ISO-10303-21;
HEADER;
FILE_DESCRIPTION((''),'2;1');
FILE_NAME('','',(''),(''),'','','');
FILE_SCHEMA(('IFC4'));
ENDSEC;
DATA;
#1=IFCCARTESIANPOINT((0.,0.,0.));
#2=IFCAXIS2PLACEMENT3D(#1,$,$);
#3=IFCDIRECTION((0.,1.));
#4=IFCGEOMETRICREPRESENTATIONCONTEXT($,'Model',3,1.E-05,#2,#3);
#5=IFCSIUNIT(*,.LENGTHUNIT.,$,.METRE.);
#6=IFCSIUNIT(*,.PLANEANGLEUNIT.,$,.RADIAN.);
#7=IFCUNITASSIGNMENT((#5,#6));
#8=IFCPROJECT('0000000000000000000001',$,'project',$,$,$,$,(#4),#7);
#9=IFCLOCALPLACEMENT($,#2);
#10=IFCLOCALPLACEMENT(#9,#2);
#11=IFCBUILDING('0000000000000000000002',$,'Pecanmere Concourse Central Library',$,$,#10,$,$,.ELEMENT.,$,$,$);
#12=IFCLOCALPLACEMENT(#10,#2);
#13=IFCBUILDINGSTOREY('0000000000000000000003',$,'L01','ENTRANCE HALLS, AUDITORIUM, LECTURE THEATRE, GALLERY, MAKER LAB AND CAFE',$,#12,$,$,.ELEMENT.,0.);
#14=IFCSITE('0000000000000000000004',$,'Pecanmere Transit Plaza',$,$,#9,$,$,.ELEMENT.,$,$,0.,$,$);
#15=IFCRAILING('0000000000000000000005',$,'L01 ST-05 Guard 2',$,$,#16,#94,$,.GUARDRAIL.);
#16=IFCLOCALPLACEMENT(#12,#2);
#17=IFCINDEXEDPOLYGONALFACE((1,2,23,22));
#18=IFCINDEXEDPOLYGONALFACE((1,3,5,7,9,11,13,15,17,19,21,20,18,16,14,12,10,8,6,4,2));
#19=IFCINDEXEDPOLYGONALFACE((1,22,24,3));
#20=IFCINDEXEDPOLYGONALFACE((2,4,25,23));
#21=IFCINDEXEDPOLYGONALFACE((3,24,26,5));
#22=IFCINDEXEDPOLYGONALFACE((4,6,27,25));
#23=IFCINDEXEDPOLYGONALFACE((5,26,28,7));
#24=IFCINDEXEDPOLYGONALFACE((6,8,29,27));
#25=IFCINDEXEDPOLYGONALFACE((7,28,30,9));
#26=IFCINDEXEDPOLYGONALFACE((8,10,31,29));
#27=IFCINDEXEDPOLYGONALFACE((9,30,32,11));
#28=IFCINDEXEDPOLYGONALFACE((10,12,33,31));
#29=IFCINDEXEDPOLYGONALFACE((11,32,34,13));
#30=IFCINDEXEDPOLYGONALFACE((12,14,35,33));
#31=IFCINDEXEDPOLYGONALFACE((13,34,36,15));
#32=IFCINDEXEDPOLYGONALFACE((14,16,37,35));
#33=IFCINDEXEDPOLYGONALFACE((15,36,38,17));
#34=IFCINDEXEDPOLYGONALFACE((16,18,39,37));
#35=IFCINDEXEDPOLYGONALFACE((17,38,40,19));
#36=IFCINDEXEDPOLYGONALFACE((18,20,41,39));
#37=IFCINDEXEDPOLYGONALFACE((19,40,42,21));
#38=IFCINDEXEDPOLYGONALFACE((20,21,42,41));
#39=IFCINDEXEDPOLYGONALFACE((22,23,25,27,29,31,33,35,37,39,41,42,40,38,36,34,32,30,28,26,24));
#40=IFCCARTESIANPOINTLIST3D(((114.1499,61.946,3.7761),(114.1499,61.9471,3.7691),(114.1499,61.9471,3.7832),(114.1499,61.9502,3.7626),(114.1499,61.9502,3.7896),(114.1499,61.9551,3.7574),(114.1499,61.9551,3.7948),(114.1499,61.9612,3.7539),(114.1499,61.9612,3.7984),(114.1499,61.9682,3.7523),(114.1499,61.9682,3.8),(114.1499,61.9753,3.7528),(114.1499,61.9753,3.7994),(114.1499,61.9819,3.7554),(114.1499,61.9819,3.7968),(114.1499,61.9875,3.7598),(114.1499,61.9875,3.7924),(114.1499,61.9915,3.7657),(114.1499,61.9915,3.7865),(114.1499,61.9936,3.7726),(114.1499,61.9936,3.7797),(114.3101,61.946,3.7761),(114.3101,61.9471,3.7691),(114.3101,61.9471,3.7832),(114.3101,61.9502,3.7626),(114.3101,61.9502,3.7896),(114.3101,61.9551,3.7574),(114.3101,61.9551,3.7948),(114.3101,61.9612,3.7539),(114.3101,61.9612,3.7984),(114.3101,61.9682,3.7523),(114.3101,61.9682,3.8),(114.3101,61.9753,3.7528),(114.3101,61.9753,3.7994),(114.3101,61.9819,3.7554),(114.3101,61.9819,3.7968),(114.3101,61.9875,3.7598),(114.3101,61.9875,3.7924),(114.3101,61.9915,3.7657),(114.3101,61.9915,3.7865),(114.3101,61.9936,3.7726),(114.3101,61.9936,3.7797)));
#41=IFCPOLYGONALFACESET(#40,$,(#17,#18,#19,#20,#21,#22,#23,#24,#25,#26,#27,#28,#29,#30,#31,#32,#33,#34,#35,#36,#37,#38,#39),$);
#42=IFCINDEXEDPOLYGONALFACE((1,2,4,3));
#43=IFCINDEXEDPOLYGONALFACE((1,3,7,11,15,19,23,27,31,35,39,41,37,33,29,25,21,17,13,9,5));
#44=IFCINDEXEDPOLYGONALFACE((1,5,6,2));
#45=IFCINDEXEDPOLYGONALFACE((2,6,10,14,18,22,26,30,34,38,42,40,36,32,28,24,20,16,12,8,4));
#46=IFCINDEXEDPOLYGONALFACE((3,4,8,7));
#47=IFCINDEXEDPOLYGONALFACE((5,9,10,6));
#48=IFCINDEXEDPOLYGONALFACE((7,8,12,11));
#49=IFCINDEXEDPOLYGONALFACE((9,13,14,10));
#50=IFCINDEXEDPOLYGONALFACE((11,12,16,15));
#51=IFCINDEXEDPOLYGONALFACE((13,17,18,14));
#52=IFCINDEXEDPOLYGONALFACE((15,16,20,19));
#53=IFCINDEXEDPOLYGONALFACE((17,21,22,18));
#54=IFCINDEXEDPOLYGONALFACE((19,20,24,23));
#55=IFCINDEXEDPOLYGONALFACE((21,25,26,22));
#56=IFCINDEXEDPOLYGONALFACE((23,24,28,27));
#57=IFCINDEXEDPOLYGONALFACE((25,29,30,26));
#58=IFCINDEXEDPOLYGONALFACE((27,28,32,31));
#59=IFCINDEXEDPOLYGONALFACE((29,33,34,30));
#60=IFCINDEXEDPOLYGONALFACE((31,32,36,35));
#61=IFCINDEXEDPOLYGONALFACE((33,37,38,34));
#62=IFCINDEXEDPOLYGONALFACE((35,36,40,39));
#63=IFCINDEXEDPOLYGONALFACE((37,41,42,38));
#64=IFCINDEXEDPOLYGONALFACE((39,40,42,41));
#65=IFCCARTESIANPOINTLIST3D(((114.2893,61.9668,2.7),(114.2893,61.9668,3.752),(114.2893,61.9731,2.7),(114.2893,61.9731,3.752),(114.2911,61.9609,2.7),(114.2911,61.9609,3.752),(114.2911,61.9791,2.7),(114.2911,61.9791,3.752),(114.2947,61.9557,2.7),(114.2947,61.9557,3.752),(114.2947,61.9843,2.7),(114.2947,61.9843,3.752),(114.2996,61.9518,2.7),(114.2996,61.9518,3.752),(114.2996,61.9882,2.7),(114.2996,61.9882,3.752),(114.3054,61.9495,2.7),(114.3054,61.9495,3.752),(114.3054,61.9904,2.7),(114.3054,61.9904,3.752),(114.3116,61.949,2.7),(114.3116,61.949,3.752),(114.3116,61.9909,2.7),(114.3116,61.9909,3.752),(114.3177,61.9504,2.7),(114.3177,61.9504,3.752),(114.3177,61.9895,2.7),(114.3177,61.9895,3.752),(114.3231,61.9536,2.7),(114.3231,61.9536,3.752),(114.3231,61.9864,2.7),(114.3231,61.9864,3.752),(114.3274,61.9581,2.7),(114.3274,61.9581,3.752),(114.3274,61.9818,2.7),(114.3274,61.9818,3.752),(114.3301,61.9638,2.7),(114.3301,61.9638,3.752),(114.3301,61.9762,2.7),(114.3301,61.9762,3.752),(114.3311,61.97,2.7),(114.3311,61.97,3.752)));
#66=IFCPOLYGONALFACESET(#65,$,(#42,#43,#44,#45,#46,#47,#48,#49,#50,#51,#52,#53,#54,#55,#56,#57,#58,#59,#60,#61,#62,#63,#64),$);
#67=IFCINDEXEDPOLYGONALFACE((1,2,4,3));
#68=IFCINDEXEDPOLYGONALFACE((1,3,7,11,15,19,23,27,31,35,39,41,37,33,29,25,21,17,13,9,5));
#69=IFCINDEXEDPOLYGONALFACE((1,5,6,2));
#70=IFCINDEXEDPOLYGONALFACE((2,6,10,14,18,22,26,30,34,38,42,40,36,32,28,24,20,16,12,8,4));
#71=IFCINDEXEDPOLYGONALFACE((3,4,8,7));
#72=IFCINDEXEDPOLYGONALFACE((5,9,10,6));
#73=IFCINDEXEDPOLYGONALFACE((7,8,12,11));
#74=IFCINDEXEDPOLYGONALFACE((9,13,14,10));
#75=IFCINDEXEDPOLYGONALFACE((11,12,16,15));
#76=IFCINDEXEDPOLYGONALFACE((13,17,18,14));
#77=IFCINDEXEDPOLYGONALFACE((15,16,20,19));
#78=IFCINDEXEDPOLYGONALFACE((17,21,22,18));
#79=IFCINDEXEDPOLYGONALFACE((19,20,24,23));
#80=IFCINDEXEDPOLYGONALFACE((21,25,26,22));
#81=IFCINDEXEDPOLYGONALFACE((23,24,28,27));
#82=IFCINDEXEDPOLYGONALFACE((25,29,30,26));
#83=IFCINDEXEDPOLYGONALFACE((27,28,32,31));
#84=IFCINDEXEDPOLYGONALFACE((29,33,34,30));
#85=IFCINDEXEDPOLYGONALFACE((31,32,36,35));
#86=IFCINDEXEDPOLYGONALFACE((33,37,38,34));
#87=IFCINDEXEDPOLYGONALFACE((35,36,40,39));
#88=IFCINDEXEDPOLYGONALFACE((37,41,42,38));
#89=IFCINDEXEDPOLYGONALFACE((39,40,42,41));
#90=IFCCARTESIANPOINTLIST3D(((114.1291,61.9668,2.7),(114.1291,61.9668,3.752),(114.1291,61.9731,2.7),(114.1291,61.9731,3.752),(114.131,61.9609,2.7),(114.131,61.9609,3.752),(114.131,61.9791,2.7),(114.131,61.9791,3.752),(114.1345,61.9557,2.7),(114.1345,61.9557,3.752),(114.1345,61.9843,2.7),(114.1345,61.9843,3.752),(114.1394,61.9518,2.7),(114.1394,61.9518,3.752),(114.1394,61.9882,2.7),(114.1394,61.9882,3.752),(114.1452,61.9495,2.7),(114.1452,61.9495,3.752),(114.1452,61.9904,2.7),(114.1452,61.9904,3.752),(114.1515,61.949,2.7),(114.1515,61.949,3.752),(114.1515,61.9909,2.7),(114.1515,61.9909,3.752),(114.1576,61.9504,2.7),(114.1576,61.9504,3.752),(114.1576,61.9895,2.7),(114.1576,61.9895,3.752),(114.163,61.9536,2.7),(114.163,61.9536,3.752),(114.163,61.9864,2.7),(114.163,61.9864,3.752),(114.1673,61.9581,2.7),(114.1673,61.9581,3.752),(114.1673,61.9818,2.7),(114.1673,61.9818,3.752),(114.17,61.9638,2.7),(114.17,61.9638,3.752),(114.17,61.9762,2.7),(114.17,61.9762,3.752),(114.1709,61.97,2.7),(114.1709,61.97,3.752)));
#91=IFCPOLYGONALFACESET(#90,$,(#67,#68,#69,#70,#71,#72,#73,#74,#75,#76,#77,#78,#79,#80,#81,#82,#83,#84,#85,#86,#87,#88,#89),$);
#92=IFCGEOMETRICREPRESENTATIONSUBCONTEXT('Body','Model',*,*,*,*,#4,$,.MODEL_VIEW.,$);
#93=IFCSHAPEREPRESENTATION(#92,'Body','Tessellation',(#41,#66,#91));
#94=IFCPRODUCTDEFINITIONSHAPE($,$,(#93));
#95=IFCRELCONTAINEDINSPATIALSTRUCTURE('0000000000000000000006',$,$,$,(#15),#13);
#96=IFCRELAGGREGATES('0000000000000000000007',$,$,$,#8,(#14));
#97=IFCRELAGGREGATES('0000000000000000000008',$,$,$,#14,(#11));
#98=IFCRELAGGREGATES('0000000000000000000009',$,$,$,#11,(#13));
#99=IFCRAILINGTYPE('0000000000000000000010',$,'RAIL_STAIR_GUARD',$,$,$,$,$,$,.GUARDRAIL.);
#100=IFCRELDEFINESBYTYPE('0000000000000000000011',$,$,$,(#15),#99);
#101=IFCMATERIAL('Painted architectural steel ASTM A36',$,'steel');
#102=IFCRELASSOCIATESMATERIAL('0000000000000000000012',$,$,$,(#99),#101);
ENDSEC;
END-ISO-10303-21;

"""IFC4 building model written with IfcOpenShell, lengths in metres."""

from ifc_helpers import new_model, si_unit, direction, frame, origin, origin_2d, place, context, subcontext, project, spatial, circle, extrude, material, type_object, element, save


model = new_model("IFC4")

# Units and contexts
model_context = context("Model", 3, precision=1e-05, world=origin(), true_north=direction((0.0, 1.0)))
body_context = subcontext(model_context, "Body", "Model", "MODEL_VIEW")
ifc_project = project(units=[si_unit("LENGTHUNIT", "METRE"), si_unit("PLANEANGLEUNIT", "RADIAN")], contexts=[model_context])

# Site, building, storey
site_placement = place(None, origin())
site = spatial("IfcSite", under=ifc_project, at=site_placement, Name="Pecanmere Transit Plaza", CompositionType="ELEMENT", RefElevation=0.0)
building_placement = place(site_placement, origin())
building = spatial("IfcBuilding", under=site, at=building_placement, Name="Pecanmere Concourse Central Library", CompositionType="ELEMENT")
storey_placement = place(building_placement, origin())
storey = spatial("IfcBuildingStorey", under=building, at=storey_placement, Name="L01", Description="ENTRANCE HALLS, AUDITORIUM, LECTURE THEATRE, GALLERY, MAKER LAB AND CAFE", CompositionType="ELEMENT", Elevation=0.0)

# Railing
ifc_material_1 = material(Name="Painted architectural steel ASTM A36", Category="steel")
railing_type_1 = type_object("IfcRailingType", Name="RAIL_STAIR_GUARD", PredefinedType="GUARDRAIL", material=ifc_material_1)
railing_1_placement = place(storey_placement, frame((114.3101, 61.97, 2.7)))
element("IfcRailing", 1, at=railing_1_placement, inside=storey, type_object=railing_type_1, Name="L01 ST-05 Guard 2", PredefinedType="GUARDRAIL", context=body_context, shape_type="SweptSolid", body=[
    extrude(circle(Radius=0.0239, at=origin_2d()), frame((0.0, 0.0, 1.0762), z_axis=(-1.0, 0.0, 0.0), x_axis=(0.0, -1.0, 0.0)), (0.0, 0.0, 1.0), 0.1602),
    extrude(circle(Radius=0.021, at=origin_2d()), origin(), (0.0, 0.0, 1.0), 1.052),
    extrude(circle(Radius=0.021, at=origin_2d()), frame((-0.1602, 0.0, 0.0)), (0.0, 0.0, 1.0), 1.052),
])

save(model, "model.ifc")
